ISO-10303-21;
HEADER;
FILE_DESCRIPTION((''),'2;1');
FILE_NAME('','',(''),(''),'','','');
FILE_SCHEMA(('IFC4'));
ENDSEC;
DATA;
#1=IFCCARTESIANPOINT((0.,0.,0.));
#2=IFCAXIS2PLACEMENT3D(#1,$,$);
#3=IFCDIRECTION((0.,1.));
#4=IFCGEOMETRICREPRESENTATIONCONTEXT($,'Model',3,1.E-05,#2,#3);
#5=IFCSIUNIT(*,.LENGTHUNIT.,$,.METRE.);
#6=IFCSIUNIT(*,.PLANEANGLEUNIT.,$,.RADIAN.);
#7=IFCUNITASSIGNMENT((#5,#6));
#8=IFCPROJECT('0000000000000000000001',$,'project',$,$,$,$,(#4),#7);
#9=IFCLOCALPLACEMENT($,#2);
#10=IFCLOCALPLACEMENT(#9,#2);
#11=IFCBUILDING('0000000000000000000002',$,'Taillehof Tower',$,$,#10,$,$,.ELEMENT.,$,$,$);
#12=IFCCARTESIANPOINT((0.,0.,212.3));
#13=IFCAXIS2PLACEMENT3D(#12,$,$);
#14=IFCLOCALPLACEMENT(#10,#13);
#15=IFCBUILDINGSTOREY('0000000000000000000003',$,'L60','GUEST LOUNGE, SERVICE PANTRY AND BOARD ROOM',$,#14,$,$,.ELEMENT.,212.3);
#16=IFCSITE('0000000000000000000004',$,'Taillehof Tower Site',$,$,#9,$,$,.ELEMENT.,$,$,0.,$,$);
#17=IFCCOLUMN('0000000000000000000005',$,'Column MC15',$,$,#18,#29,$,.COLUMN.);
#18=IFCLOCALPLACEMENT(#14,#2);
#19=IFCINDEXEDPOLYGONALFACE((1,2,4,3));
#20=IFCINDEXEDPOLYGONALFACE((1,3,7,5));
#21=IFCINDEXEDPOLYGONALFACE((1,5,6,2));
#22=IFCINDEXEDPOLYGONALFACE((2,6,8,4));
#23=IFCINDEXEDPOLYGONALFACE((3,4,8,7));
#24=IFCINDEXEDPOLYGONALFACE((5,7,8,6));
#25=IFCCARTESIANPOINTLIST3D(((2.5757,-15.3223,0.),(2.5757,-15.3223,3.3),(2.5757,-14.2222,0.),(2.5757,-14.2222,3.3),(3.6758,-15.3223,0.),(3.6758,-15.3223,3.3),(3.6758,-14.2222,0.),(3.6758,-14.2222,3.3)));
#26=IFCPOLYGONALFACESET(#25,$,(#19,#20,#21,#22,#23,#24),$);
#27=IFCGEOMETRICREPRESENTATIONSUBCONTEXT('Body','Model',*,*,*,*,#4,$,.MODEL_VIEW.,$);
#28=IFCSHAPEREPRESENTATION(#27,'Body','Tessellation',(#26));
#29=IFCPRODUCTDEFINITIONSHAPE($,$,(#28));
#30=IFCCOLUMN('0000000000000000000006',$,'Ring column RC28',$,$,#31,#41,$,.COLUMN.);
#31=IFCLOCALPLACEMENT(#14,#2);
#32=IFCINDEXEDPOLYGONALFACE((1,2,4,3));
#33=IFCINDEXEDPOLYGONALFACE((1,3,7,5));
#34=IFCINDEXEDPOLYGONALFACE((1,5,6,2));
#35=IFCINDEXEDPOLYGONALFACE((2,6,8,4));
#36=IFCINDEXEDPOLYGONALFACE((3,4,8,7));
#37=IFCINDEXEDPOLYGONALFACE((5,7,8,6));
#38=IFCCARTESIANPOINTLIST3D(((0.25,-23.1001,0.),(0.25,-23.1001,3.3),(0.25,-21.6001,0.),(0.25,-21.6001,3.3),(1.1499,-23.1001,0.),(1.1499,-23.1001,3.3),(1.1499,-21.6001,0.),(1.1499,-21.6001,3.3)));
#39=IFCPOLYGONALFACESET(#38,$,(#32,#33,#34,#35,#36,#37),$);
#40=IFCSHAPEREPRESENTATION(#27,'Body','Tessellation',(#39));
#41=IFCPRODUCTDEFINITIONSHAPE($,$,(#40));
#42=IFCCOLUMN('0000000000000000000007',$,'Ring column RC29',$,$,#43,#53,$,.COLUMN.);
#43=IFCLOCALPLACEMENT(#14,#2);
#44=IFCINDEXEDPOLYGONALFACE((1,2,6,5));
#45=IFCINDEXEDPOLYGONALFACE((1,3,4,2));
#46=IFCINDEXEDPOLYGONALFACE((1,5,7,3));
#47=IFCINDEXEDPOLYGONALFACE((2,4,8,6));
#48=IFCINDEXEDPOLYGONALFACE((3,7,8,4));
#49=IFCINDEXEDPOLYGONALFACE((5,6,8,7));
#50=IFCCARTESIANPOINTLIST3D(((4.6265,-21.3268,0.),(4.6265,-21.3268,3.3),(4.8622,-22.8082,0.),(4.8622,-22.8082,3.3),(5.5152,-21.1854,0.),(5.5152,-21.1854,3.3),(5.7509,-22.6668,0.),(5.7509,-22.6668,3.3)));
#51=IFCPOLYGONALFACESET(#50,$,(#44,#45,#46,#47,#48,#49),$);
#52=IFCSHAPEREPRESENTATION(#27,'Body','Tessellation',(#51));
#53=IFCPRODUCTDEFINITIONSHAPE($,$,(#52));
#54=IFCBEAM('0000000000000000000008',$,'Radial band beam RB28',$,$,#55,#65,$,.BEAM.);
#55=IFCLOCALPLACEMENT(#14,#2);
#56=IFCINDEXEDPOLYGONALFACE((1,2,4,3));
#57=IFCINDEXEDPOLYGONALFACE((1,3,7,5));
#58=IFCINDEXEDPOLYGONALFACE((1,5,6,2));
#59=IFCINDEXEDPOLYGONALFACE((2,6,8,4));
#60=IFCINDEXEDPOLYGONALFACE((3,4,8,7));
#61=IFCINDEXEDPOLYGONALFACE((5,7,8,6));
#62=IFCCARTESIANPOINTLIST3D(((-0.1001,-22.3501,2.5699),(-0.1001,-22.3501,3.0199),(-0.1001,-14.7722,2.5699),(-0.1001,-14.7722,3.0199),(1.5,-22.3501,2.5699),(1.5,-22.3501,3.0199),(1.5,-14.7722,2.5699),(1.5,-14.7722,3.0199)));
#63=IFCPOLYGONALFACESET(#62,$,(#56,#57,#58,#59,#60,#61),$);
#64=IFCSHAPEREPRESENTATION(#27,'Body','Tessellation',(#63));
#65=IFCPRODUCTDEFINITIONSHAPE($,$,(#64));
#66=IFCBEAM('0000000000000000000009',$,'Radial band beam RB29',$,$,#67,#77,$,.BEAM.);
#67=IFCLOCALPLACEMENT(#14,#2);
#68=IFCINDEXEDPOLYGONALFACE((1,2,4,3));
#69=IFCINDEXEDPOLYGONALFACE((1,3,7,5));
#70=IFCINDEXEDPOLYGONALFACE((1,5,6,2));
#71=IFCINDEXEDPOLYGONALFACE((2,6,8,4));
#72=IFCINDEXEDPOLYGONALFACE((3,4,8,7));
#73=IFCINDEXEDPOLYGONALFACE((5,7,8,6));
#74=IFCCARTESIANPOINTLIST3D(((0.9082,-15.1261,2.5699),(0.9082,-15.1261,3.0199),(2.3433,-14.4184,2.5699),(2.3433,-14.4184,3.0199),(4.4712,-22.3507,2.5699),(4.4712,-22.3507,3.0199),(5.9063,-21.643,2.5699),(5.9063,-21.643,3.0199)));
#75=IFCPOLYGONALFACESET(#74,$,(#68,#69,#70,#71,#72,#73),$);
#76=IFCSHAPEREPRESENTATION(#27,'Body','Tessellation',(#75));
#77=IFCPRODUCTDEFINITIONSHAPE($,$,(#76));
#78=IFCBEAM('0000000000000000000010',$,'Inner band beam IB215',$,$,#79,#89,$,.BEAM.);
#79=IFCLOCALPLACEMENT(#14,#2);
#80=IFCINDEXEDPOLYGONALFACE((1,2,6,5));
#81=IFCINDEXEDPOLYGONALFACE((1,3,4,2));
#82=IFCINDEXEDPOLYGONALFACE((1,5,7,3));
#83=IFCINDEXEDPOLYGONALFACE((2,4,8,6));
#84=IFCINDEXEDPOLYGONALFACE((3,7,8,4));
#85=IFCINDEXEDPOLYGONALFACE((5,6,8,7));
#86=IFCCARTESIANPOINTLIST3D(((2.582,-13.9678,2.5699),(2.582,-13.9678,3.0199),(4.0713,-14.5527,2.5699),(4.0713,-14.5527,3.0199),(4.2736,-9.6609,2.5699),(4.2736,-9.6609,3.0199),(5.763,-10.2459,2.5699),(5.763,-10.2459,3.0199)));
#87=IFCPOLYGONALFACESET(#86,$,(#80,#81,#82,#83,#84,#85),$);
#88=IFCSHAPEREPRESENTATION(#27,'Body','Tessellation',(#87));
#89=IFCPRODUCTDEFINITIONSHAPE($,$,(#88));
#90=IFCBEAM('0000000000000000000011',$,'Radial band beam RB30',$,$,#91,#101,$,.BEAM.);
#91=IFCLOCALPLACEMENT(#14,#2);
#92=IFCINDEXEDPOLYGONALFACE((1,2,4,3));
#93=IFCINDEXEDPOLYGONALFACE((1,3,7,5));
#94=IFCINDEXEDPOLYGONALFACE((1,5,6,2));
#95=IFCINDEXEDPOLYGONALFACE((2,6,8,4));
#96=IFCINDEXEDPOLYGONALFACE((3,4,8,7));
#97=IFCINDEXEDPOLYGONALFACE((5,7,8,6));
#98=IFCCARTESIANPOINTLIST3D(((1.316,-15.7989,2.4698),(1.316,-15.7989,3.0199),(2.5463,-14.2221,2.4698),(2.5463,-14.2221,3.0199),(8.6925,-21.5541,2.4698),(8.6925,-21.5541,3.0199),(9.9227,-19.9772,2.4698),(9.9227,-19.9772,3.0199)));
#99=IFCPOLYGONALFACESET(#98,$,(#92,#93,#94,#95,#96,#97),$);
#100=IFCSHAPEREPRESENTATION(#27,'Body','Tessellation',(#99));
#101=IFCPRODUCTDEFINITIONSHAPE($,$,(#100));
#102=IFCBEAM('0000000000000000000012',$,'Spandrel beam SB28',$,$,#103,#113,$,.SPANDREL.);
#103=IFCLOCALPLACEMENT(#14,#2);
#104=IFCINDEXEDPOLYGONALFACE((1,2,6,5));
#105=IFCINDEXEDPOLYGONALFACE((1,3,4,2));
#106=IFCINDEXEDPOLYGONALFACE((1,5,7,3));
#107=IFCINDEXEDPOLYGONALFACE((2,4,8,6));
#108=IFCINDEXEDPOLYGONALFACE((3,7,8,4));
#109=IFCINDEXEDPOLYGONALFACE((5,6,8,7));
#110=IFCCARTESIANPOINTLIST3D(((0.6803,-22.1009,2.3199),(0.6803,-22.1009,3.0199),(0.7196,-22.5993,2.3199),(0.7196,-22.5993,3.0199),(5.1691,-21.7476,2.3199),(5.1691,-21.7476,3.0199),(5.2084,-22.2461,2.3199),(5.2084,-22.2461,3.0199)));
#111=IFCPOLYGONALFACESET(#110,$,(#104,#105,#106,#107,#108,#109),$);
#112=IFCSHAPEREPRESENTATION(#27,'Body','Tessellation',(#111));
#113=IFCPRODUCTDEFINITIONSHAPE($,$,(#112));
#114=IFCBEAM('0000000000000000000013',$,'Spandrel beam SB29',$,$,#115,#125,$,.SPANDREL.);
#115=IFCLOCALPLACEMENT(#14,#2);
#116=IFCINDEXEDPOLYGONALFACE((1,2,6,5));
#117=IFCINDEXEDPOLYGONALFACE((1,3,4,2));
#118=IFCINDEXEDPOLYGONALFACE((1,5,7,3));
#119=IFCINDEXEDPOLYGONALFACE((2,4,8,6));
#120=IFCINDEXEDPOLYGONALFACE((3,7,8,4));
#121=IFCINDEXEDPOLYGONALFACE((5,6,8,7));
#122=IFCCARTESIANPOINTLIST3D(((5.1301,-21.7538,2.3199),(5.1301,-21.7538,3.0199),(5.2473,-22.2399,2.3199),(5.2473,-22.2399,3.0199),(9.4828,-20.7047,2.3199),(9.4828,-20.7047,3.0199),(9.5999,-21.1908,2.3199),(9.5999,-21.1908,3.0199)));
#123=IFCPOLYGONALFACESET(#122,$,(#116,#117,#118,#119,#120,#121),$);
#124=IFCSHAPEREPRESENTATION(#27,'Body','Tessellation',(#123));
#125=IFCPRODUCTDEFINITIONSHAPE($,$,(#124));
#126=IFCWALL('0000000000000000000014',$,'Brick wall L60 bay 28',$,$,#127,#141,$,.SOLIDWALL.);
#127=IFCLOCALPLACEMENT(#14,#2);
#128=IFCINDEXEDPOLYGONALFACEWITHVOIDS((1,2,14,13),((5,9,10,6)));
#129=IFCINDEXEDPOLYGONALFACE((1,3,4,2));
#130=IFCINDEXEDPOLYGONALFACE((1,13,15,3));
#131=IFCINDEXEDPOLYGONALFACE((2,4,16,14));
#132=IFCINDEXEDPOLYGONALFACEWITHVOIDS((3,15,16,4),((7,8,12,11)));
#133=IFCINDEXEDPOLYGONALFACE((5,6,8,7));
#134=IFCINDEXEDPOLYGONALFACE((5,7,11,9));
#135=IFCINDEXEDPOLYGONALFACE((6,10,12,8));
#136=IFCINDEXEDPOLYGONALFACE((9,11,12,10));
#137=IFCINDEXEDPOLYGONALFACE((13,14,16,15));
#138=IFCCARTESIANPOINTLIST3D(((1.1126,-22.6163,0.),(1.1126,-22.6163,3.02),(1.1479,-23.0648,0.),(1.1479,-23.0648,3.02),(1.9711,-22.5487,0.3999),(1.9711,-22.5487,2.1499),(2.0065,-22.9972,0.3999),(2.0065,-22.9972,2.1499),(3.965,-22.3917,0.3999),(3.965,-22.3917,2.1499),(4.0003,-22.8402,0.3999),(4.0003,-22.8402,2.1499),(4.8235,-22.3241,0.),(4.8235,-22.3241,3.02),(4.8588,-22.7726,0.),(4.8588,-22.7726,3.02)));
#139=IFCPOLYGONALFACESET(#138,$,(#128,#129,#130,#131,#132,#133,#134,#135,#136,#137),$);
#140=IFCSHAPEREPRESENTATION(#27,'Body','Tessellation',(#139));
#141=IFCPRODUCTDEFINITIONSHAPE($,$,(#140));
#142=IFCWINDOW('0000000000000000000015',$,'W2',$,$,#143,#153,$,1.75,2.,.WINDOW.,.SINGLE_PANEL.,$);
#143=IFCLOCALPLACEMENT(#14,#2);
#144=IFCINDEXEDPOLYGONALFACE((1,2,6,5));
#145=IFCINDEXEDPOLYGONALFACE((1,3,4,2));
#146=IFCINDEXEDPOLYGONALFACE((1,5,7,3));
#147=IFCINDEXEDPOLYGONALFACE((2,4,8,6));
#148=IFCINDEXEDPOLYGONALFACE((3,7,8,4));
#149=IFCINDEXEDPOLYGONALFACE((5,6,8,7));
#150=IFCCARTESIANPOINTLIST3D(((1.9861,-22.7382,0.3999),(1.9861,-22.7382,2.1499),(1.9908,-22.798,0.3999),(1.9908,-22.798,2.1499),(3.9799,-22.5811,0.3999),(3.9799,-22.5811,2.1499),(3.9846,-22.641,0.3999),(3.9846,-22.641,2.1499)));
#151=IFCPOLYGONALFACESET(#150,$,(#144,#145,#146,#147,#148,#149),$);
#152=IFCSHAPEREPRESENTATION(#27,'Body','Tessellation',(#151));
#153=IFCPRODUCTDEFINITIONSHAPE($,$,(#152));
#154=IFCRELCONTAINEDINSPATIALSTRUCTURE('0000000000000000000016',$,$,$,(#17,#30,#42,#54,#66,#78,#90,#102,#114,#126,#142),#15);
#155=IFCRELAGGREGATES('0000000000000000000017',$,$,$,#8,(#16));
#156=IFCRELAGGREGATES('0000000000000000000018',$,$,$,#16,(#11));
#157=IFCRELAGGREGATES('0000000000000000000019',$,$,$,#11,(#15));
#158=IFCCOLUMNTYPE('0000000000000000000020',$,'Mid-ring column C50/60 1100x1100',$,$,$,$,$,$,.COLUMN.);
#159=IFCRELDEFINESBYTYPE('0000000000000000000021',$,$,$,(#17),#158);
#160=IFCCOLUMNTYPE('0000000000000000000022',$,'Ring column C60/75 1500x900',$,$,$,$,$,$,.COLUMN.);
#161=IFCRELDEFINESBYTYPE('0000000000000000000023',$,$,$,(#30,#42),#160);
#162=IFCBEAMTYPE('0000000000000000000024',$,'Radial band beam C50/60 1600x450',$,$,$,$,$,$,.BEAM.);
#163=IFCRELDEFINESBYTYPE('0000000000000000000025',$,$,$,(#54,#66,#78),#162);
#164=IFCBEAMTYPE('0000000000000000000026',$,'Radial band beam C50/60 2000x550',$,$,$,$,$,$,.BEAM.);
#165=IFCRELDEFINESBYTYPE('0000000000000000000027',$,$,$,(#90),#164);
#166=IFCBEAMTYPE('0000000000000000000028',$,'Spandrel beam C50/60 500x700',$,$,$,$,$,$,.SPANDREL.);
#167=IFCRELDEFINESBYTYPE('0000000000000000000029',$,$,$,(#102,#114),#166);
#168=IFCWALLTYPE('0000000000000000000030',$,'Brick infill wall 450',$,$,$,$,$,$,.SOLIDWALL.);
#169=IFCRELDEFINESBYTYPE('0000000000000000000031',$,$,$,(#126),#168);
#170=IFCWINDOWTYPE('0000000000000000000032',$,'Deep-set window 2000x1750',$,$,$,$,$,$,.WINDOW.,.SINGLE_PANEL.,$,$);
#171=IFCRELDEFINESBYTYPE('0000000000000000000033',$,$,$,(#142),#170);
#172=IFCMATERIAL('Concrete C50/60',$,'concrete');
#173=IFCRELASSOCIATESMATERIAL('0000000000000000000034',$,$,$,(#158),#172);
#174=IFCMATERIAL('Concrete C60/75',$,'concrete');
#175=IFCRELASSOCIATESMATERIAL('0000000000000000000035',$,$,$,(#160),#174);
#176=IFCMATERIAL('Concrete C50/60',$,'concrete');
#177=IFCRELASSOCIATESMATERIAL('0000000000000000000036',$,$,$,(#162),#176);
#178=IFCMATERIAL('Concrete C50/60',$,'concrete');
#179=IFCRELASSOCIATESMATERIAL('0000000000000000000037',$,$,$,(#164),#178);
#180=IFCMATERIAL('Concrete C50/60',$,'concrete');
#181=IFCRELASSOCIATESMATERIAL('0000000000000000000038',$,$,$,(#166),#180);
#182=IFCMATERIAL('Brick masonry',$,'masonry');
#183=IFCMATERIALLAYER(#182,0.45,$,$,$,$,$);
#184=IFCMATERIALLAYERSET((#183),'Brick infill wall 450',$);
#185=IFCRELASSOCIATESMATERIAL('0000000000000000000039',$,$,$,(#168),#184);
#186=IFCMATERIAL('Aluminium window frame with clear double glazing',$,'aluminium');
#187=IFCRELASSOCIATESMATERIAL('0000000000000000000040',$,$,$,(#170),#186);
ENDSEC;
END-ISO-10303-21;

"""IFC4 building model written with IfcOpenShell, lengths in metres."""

from ifc_helpers import new_model, si_unit, direction, frame, frame_2d, origin, origin_2d, place, context, subcontext, project, spatial, rectangle, extrude, material, layer, layer_set, material_profile, profile_set, type_object, element, fill, save


model = new_model("IFC4")

# Units and contexts
model_context = context("Model", 3, precision=1e-05, world=origin(), true_north=direction((0.0, 1.0)))
body_context = subcontext(model_context, "Body", "Model", "MODEL_VIEW")
ifc_project = project(units=[si_unit("LENGTHUNIT", "METRE"), si_unit("PLANEANGLEUNIT", "RADIAN")], contexts=[model_context])

# Site, building, storey
site_placement = place(None, origin())
site = spatial("IfcSite", under=ifc_project, at=site_placement, Name="Taillehof Tower Site", CompositionType="ELEMENT", RefElevation=0.0)
building_placement = place(site_placement, origin())
building = spatial("IfcBuilding", under=site, at=building_placement, Name="Taillehof Tower", CompositionType="ELEMENT")
storey_placement = place(building_placement, frame((0.0, 0.0, 212.3)))
storey = spatial("IfcBuildingStorey", under=building, at=storey_placement, Name="L60", Description="GUEST LOUNGE, SERVICE PANTRY AND BOARD ROOM", CompositionType="ELEMENT", Elevation=212.3)

# Columns
ifc_material_1 = material(Name="Concrete C50/60", Category="concrete")
ifc_material_profile_1 = material_profile(ifc_material_1, rectangle(XDim=1.1001, YDim=1.1001, at=origin_2d()), Name="RC 1100x1100")
ifc_profile_set_1 = profile_set([ifc_material_profile_1], Name="Concrete C50/60")
column_type_1 = type_object("IfcColumnType", Name="Mid-ring column C50/60 1100x1100", PredefinedType="COLUMN", material=ifc_profile_set_1)
column_placement = place(storey_placement, frame((3.1257, -14.7722, 0.0), z_axis=(0.0, 0.0, 1.0), x_axis=(1.0, 0.0, 0.0)))
element("IfcColumn", 1, at=column_placement, inside=storey, type_object=column_type_1, Name="Column MC15", PredefinedType="COLUMN", context=body_context, shape_type="SweptSolid", body=[
    extrude(rectangle(XDim=1.1001, YDim=1.1001, at=origin_2d()), origin(), (0.0, 0.0, 1.0), 3.3),
])
ifc_material_2 = material(Name="Concrete C60/75", Category="concrete")
ifc_material_profile_2 = material_profile(ifc_material_2, rectangle(XDim=1.5, YDim=0.8999, at=origin_2d()), Name="RC 1500x900")
ifc_profile_set_2 = profile_set([ifc_material_profile_2], Name="Concrete C60/75")
column_type_2 = type_object("IfcColumnType", Name="Ring column C60/75 1500x900", PredefinedType="COLUMN", material=ifc_profile_set_2)
for number, where, z_axis, x_axis, name in (
    (2, (0.7, -22.3501, 0.0), (0.0, 0.0, 1.0), (0.0, -1.0, 0.0), "Ring column RC28"),
    (3, (5.1887, -21.9968, 0.0), (0.0, 0.0, 1.0), (0.157116, -0.98758, 0.0), "Ring column RC29"),
):
    element("IfcColumn", number, at=place(storey_placement, frame(where, z_axis=z_axis, x_axis=x_axis)), inside=storey, type_object=column_type_2, Name=name, PredefinedType="COLUMN", context=body_context, shape_type="SweptSolid", body=[
        extrude(rectangle(XDim=1.5, YDim=0.8999, at=origin_2d()), origin(), (0.0, 0.0, 1.0), 3.3),
    ])

# Beams
ifc_material_3 = material(Name="Concrete C50/60", Category="concrete")
ifc_material_profile_3 = material_profile(ifc_material_3, rectangle(XDim=1.6001, YDim=0.45, at=origin_2d()), Name="RC 1600x450")
ifc_profile_set_3 = profile_set([ifc_material_profile_3], Name="Concrete C50/60")
beam_type_1 = type_object("IfcBeamType", Name="Radial band beam C50/60 1600x450", PredefinedType="BEAM", material=ifc_profile_set_3)
beam_1_placement = place(storey_placement, frame((0.7, -22.3501, 2.7949), z_axis=(0.0, 1.0, 0.0), x_axis=(-1.0, 0.0, 0.0)))
element("IfcBeam", 4, at=beam_1_placement, inside=storey, type_object=beam_type_1, Name="Radial band beam RB28", PredefinedType="BEAM", context=body_context, shape_type="SweptSolid", body=[
    extrude(rectangle(XDim=1.6001, YDim=0.45, at=origin_2d()), origin(), (0.0, 0.0, 1.0), 7.5779),
])
beam_2_placement = place(storey_placement, frame((5.1887, -21.9968, 2.7949), z_axis=(-0.442309, 0.896863, 0.0), x_axis=(-0.896863, -0.442309, 0.0)))
element("IfcBeam", 5, at=beam_2_placement, inside=storey, type_object=beam_type_1, Name="Radial band beam RB29", PredefinedType="BEAM", context=body_context, shape_type="SweptSolid", body=[
    extrude(rectangle(XDim=1.6001, YDim=0.45, at=origin_2d()), origin(), (0.0, 0.0, 1.0), 8.0554),
])
beam_3_placement = place(storey_placement, frame((3.3267, -14.2603, 2.7949), z_axis=(0.365589, 0.930777, 0.0), x_axis=(-0.930777, 0.365589, 0.0)))
element("IfcBeam", 6, at=beam_3_placement, inside=storey, type_object=beam_type_1, Name="Inner band beam IB215", PredefinedType="BEAM", context=body_context, shape_type="SweptSolid", body=[
    extrude(rectangle(XDim=1.6001, YDim=0.45, at=origin_2d()), origin(), (0.0, 0.0, 1.0), 4.6272),
])
ifc_material_4 = material(Name="Concrete C50/60", Category="concrete")
ifc_material_profile_4 = material_profile(ifc_material_4, rectangle(XDim=2.0, YDim=0.55, at=origin_2d()), Name="RC 2000x550")
ifc_profile_set_4 = profile_set([ifc_material_profile_4], Name="Concrete C50/60")
beam_type_2 = type_object("IfcBeamType", Name="Radial band beam C50/60 2000x550", PredefinedType="BEAM", material=ifc_profile_set_4)
beam_4_placement = place(storey_placement, frame((9.3076, -20.7656, 2.7449), z_axis=(-0.788425, 0.61513, 0.0), x_axis=(-0.61513, -0.788425, 0.0)))
element("IfcBeam", 7, at=beam_4_placement, inside=storey, type_object=beam_type_2, Name="Radial band beam RB30", PredefinedType="BEAM", context=body_context, shape_type="SweptSolid", body=[
    extrude(rectangle(XDim=2.0, YDim=0.55, at=origin_2d()), origin(), (0.0, 0.0, 1.0), 9.356),
])
ifc_material_5 = material(Name="Concrete C50/60", Category="concrete")
ifc_material_profile_5 = material_profile(ifc_material_5, rectangle(XDim=0.5, YDim=0.7, at=origin_2d()), Name="RC 500x700")
ifc_profile_set_5 = profile_set([ifc_material_profile_5], Name="Concrete C50/60")
beam_type_3 = type_object("IfcBeamType", Name="Spandrel beam C50/60 500x700", PredefinedType="SPANDREL", material=ifc_profile_set_5)
beam_5_placement = place(storey_placement, frame((0.7, -22.3501, 2.6699), z_axis=(0.996917, 0.078459, 0.0), x_axis=(-0.078459, 0.996917, 0.0)))
element("IfcBeam", 8, at=beam_5_placement, inside=storey, type_object=beam_type_3, Name="Spandrel beam SB28", PredefinedType="SPANDREL", context=body_context, shape_type="SweptSolid", body=[
    extrude(rectangle(XDim=0.5, YDim=0.7, at=origin_2d()), origin(), (0.0, 0.0, 1.0), 4.5027),
])
beam_6_placement = place(storey_placement, frame((5.1887, -21.9968, 2.6699), z_axis=(0.972161, 0.234315, 0.0), x_axis=(-0.234315, 0.972161, 0.0)))
element("IfcBeam", 9, at=beam_6_placement, inside=storey, type_object=beam_type_3, Name="Spandrel beam SB29", PredefinedType="SPANDREL", context=body_context, shape_type="SweptSolid", body=[
    extrude(rectangle(XDim=0.5, YDim=0.7, at=origin_2d()), origin(), (0.0, 0.0, 1.0), 4.4773),
])

# Wall, opening, window
ifc_material_6 = material(Name="Brick masonry", Category="masonry")
ifc_layer_1 = layer(ifc_material_6, 0.45)
ifc_layer_set_1 = layer_set([ifc_layer_1], Name="Brick infill wall 450")
wall_type_1 = type_object("IfcWallType", Name="Brick infill wall 450", PredefinedType="SOLIDWALL", material=ifc_layer_set_1)
wall_1_placement = place(storey_placement, frame((1.1301, -22.8406, 0.0), z_axis=(0.0, 0.0, 1.0), x_axis=(0.996914, 0.078507, 0.0)))
wall_1 = element("IfcWall", 10, at=wall_1_placement, inside=storey, type_object=wall_type_1, Name="Brick wall L60 bay 28", PredefinedType="SOLIDWALL", context=body_context, shape_type="SweptSolid", body=[
    extrude(rectangle(XDim=3.7224, YDim=0.45, at=frame_2d((1.8613, 0.0))), origin(), (0.0, 0.0, 1.0), 3.02),
])
opening_1_placement = place(wall_1_placement, frame((0.8613, 0.0, 0.3999)))
opening_1 = element("IfcOpeningElement", 11, at=opening_1_placement, cuts=wall_1, PredefinedType="OPENING", context=body_context, shape_type="SweptSolid", body=[
    extrude(rectangle(XDim=2.0, YDim=1.75, at=frame_2d((1.0, 0.875))), frame((0.0, 0.2349, 0.0), z_axis=(0.0, -1.0, 0.0), x_axis=(1.0, 0.0, 0.0)), (0.0, 0.0, 1.0), 0.47),
])
ifc_material_7 = material(Name="Aluminium window frame with clear double glazing", Category="aluminium")
window_type = type_object("IfcWindowType", Name="Deep-set window 2000x1750", PartitioningType="SINGLE_PANEL", PredefinedType="WINDOW", material=ifc_material_7)
window_1_placement = place(opening_1_placement, origin())
window_1 = element("IfcWindow", 12, at=window_1_placement, inside=storey, type_object=window_type, Name="W2", OverallHeight=1.75, OverallWidth=2.0, PartitioningType="SINGLE_PANEL", PredefinedType="WINDOW", context=body_context, shape_type="SweptSolid", body=[
    extrude(rectangle(XDim=2.0, YDim=1.75, at=frame_2d((1.0, 0.875))), frame((0.0, 0.0349, 0.0), z_axis=(0.0, -1.0, 0.0), x_axis=(1.0, 0.0, 0.0)), (0.0, 0.0, 1.0), 0.0601),
])
fill(opening_1, window_1)

save(model, "model.ifc")
